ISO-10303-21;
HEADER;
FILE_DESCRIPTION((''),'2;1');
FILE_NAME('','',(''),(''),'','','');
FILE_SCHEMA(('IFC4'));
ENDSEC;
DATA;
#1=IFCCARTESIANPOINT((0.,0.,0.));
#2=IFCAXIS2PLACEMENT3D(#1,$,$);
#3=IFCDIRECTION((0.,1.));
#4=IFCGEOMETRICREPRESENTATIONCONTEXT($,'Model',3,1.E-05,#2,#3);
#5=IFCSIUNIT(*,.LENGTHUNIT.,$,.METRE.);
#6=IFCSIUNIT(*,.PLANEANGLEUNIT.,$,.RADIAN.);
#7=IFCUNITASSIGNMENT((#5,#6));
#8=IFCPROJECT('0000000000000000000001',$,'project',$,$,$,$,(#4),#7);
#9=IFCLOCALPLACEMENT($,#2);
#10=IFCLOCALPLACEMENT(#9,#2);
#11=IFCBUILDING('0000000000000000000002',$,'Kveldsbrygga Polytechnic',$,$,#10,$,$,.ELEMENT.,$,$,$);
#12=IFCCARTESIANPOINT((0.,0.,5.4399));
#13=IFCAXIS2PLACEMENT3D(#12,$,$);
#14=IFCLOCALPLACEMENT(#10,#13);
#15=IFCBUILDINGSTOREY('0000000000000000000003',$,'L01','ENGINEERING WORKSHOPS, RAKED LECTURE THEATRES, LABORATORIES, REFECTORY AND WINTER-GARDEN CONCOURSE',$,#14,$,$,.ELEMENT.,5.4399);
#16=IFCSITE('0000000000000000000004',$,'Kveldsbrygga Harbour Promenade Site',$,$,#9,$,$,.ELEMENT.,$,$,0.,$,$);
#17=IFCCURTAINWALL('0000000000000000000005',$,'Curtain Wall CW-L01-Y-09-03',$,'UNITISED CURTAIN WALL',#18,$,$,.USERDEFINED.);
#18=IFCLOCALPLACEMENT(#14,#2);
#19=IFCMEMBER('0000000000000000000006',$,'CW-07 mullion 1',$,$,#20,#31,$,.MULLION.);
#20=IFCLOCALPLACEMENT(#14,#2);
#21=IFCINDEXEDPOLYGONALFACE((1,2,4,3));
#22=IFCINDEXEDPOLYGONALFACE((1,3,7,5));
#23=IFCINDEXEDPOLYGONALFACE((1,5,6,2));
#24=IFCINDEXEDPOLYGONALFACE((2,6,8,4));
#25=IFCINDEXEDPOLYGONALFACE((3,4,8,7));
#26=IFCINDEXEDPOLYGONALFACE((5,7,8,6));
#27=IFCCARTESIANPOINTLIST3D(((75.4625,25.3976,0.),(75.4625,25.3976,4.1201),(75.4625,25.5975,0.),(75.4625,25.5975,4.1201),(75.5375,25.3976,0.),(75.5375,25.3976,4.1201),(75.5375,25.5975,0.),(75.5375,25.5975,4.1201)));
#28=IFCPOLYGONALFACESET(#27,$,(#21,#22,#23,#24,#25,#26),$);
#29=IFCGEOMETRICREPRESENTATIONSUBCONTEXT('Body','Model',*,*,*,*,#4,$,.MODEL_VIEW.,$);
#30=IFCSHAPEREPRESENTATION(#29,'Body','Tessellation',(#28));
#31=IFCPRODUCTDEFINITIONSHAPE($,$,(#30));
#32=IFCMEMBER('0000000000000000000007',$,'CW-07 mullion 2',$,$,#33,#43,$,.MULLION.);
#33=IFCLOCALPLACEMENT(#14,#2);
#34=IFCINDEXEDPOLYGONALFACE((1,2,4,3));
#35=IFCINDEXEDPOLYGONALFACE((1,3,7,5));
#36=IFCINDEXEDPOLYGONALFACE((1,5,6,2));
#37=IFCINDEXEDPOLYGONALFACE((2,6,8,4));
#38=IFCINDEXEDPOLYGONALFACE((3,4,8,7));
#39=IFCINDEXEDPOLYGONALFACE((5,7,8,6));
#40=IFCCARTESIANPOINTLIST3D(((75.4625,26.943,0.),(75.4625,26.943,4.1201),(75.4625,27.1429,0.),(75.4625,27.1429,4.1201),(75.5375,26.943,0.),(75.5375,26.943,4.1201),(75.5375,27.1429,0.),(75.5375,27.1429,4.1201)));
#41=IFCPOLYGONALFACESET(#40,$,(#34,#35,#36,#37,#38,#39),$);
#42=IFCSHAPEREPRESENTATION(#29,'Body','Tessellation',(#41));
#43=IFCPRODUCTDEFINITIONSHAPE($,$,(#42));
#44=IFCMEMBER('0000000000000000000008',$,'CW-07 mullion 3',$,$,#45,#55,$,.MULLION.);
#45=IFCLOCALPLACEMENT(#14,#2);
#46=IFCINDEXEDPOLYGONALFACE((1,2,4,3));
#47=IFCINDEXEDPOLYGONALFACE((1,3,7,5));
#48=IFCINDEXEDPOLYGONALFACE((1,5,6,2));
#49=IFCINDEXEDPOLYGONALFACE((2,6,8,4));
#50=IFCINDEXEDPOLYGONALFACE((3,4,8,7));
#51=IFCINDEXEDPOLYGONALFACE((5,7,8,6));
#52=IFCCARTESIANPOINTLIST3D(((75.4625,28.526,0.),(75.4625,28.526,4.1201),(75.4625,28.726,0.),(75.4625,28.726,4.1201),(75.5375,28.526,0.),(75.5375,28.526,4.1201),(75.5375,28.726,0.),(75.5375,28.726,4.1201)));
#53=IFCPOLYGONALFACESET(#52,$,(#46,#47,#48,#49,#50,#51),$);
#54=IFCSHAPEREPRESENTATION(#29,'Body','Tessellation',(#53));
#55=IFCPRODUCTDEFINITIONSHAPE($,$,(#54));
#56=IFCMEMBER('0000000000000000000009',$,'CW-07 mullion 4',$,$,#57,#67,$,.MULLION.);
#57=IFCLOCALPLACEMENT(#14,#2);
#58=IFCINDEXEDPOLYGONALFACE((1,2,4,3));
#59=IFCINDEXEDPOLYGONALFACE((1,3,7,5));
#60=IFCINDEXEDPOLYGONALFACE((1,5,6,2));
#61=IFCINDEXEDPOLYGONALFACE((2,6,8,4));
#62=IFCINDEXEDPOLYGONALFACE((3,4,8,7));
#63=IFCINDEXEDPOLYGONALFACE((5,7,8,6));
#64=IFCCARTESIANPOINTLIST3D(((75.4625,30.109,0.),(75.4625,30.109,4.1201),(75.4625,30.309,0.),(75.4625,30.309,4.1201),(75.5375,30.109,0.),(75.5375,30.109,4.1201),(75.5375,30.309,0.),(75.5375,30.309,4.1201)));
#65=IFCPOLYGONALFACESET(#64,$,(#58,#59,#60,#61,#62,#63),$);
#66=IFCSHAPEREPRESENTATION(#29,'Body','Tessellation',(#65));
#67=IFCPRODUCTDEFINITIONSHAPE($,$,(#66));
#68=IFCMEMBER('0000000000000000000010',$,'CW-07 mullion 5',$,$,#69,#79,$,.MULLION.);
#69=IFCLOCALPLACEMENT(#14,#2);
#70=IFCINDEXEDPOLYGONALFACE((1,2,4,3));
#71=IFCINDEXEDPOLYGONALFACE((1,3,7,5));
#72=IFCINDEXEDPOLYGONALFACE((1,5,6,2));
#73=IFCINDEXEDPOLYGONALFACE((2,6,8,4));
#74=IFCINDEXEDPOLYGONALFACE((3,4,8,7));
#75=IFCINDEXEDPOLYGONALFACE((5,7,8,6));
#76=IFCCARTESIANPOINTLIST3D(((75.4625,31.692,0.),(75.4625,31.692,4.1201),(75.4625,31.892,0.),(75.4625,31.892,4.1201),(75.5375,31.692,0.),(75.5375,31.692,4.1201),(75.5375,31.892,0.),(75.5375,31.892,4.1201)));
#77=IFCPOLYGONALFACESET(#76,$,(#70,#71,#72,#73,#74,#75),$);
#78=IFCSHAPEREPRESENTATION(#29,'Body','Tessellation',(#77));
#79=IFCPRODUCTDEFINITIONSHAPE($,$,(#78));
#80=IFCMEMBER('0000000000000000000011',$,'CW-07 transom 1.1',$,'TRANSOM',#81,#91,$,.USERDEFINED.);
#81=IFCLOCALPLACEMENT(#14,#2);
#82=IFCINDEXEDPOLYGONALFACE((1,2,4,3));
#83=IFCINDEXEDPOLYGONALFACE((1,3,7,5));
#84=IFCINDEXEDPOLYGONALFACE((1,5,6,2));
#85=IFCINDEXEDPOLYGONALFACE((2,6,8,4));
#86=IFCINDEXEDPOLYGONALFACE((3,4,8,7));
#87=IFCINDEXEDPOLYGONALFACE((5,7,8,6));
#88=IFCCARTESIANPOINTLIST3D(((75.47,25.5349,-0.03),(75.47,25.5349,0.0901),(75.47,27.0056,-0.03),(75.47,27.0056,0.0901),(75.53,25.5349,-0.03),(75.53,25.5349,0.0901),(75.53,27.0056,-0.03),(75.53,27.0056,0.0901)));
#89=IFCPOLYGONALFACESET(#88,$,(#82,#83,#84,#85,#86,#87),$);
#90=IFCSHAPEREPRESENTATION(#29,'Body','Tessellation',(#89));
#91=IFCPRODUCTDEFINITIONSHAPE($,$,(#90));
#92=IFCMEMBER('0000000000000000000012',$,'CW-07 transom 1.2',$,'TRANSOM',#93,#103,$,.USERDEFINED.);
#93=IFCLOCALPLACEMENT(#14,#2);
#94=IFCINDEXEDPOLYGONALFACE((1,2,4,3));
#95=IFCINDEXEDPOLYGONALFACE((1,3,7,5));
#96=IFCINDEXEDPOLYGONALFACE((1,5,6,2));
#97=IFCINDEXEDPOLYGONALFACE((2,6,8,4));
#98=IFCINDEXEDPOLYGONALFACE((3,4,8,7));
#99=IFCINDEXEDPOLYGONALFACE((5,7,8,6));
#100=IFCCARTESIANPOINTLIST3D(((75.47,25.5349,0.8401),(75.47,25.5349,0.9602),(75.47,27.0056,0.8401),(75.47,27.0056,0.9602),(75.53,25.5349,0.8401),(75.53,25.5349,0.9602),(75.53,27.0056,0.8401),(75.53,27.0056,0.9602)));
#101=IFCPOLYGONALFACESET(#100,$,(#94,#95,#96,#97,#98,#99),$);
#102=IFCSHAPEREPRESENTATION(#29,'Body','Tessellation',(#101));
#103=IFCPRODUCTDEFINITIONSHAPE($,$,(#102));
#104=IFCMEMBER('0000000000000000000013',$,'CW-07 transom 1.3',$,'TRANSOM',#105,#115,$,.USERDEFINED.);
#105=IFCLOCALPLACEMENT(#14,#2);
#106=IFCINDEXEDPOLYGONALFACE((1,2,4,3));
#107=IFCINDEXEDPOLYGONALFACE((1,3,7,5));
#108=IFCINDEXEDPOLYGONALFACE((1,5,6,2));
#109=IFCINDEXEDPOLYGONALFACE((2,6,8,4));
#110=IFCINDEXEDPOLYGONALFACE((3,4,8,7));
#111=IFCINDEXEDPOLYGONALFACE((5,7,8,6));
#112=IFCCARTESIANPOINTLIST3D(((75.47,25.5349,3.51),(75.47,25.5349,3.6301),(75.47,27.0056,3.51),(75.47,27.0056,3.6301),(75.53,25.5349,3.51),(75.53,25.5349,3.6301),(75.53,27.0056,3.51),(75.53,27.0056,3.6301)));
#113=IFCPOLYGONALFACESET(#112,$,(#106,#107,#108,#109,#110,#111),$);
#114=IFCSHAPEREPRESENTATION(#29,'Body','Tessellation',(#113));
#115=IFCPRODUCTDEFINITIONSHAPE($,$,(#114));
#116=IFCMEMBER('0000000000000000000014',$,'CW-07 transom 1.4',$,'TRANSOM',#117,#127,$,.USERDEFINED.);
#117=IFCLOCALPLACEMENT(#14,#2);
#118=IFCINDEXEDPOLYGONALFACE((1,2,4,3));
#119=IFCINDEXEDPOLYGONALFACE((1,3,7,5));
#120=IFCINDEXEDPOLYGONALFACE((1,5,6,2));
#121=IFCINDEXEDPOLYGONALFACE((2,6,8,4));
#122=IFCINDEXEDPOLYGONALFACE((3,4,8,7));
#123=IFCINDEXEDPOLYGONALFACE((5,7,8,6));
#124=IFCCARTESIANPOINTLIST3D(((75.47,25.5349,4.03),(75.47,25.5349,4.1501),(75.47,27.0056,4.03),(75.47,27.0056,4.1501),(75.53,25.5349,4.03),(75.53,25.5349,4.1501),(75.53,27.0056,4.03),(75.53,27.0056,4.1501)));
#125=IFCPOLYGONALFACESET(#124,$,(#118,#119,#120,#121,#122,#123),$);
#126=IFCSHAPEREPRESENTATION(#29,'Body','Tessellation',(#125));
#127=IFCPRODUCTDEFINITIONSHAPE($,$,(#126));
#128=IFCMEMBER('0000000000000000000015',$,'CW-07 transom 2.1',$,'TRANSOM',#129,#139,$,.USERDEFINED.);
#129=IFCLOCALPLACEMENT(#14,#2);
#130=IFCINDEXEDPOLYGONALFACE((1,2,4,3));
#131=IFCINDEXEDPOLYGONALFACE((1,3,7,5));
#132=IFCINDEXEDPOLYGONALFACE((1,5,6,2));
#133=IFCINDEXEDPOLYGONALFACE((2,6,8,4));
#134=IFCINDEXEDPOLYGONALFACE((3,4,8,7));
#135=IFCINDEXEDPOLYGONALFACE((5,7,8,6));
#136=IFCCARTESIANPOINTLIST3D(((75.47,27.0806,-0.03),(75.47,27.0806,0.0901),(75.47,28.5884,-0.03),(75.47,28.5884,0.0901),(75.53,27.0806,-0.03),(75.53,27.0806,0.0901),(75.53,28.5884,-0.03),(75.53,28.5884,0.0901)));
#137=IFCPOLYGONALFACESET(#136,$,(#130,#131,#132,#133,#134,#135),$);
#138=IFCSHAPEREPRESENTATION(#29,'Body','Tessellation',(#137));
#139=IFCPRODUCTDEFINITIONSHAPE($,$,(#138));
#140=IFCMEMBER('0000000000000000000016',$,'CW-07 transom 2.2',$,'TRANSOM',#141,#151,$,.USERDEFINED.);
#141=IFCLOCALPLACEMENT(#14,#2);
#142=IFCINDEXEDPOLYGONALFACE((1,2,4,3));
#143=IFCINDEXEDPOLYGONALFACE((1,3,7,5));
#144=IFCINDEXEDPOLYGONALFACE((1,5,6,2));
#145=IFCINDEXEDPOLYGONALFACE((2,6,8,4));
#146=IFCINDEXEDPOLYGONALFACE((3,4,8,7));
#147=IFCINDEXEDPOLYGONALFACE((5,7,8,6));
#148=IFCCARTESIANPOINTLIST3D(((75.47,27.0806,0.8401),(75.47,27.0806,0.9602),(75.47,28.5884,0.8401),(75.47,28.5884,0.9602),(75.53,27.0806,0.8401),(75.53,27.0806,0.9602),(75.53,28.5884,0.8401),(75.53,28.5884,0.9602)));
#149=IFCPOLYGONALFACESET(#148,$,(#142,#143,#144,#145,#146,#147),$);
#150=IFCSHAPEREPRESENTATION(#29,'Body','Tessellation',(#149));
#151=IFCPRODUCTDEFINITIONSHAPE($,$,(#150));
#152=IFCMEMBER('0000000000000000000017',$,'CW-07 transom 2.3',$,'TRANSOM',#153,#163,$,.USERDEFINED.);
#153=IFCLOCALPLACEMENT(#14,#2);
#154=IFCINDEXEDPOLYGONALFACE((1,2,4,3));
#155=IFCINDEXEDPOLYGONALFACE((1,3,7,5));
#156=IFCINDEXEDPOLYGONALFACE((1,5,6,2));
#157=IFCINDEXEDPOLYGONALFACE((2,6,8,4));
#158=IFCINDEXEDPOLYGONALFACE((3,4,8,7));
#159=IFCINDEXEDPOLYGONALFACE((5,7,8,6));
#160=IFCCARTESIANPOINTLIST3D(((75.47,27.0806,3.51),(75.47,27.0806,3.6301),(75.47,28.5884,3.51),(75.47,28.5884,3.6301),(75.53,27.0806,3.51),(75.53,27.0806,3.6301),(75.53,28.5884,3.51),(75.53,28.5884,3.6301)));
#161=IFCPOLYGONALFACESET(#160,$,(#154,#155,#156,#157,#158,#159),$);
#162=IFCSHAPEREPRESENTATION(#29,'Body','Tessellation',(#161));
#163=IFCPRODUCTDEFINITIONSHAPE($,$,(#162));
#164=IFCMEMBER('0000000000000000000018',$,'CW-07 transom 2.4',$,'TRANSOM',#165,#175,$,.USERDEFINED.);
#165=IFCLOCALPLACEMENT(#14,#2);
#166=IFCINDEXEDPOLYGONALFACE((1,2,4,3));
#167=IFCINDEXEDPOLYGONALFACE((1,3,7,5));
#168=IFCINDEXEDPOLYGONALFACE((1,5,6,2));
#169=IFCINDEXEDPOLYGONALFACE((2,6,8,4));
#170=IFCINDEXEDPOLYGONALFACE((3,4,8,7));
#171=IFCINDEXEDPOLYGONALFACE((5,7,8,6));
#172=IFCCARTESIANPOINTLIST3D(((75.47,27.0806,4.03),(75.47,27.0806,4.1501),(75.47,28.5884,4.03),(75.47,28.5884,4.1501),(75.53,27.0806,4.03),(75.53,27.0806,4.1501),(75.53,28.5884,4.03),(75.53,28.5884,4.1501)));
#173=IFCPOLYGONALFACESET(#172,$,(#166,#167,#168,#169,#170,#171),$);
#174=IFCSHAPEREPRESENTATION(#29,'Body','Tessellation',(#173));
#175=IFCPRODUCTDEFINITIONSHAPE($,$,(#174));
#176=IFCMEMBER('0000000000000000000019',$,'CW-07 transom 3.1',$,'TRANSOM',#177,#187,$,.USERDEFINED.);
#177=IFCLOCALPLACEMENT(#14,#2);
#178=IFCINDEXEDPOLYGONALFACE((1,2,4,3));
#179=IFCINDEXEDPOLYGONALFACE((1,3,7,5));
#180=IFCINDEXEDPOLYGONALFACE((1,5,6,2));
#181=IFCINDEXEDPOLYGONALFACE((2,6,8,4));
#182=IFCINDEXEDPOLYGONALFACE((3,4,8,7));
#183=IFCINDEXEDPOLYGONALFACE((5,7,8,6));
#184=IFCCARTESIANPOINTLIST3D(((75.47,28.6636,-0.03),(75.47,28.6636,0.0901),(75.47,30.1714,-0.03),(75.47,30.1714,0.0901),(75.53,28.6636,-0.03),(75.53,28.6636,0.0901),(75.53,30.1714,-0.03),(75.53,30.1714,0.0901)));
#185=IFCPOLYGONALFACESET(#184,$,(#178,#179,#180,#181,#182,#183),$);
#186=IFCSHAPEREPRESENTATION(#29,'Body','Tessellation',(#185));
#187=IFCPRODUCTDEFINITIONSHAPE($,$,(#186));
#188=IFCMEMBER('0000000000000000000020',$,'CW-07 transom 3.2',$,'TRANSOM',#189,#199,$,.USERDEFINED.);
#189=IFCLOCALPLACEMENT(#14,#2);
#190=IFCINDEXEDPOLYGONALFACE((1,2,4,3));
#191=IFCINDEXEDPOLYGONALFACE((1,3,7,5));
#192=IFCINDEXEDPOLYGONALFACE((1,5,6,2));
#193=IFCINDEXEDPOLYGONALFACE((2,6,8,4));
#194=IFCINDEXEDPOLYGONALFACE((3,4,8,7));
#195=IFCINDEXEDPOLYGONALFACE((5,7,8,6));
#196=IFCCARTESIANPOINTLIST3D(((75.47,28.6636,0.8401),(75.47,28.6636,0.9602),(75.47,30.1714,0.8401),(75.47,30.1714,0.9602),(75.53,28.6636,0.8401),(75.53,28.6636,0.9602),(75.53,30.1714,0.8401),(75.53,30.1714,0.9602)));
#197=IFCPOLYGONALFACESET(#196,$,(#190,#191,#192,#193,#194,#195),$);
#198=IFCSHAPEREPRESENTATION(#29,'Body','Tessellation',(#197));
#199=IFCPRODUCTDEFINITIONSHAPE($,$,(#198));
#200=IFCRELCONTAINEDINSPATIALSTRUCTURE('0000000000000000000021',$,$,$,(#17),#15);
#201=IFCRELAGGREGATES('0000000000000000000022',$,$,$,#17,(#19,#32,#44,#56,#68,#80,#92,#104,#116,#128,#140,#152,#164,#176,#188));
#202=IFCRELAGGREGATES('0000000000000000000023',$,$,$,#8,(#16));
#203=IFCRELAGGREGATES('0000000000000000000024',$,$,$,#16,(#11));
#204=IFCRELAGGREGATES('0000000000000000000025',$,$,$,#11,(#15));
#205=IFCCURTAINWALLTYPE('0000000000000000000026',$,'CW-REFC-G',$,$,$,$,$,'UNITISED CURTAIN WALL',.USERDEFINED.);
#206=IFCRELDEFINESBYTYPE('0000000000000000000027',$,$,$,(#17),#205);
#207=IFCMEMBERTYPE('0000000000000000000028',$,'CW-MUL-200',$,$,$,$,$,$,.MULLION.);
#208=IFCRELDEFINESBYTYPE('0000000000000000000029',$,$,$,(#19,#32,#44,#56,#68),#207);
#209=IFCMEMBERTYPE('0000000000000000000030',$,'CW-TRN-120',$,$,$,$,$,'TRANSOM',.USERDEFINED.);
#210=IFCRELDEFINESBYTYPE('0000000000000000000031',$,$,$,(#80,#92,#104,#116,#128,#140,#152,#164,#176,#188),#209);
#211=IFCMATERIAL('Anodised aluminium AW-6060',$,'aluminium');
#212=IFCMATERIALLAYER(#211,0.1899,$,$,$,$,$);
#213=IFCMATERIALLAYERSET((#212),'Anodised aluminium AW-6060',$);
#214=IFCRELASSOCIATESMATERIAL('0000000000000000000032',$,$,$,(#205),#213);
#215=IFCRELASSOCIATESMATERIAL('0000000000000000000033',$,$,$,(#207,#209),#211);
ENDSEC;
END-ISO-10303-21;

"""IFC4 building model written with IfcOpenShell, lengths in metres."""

from ifc_helpers import new_model, si_unit, direction, frame, origin, origin_2d, place, context, subcontext, project, spatial, rectangle, extrude, material, layer, layer_set, material_profile, profile_set, type_object, element, aggregate, save


model = new_model("IFC4")

# Units and contexts
model_context = context("Model", 3, precision=1e-05, world=origin(), true_north=direction((0.0, 1.0)))
body_context = subcontext(model_context, "Body", "Model", "MODEL_VIEW")
ifc_project = project(units=[si_unit("LENGTHUNIT", "METRE"), si_unit("PLANEANGLEUNIT", "RADIAN")], contexts=[model_context])

# Site, building, storey
site_placement = place(None, origin())
site = spatial("IfcSite", under=ifc_project, at=site_placement, Name="Kveldsbrygga Harbour Promenade Site", CompositionType="ELEMENT", RefElevation=0.0)
building_placement = place(site_placement, origin())
building = spatial("IfcBuilding", under=site, at=building_placement, Name="Kveldsbrygga Polytechnic", CompositionType="ELEMENT")
storey_placement = place(building_placement, frame((0.0, 0.0, 5.4399)))
storey = spatial("IfcBuildingStorey", under=building, at=storey_placement, Name="L01", Description="ENGINEERING WORKSHOPS, RAKED LECTURE THEATRES, LABORATORIES, REFECTORY AND WINTER-GARDEN CONCOURSE", CompositionType="ELEMENT", Elevation=5.4399)

# Curtain wall, members
ifc_material_1 = material(Name="Anodised aluminium AW-6060", Category="aluminium")
ifc_layer_1 = layer(ifc_material_1, 0.1899)
ifc_layer_set_1 = layer_set([ifc_layer_1], Name="Anodised aluminium AW-6060")
curtain_wall_type = type_object("IfcCurtainWallType", Name="CW-REFC-G", ElementType="UNITISED CURTAIN WALL", PredefinedType="USERDEFINED", material=ifc_layer_set_1)
curtain_wall_placement = place(storey_placement, origin())
curtain_wall = element("IfcCurtainWall", 1, at=curtain_wall_placement, inside=storey, type_object=curtain_wall_type, Name="Curtain Wall CW-L01-Y-09-03", ObjectType="UNITISED CURTAIN WALL", PredefinedType="USERDEFINED")
ifc_material_profile_1 = material_profile(ifc_material_1, rectangle(XDim=0.075, YDim=0.2, at=origin_2d()), Name="ALU 75x200")
ifc_profile_set_1 = profile_set([ifc_material_profile_1], Name="Anodised aluminium AW-6060")
member_type_1 = type_object("IfcMemberType", Name="CW-MUL-200", PredefinedType="MULLION", material=ifc_profile_set_1)
member_1_placement = place(storey_placement, frame((75.5, 25.4976, 0.0), z_axis=(0.0, 0.0, 1.0), x_axis=(-1.0, 0.0, 0.0)))
member_1 = element("IfcMember", 2, at=member_1_placement, type_object=member_type_1, Name="CW-07 mullion 1", PredefinedType="MULLION", context=body_context, shape_type="SweptSolid", body=[
    extrude(rectangle(XDim=0.075, YDim=0.2, at=origin_2d()), origin(), (0.0, 0.0, 1.0), 4.1201),
])
member_2_placement = place(storey_placement, frame((75.5, 27.043, 0.0), z_axis=(0.0, 0.0, 1.0), x_axis=(-1.0, 0.0, 0.0)))
member_2 = element("IfcMember", 3, at=member_2_placement, type_object=member_type_1, Name="CW-07 mullion 2", PredefinedType="MULLION", context=body_context, shape_type="SweptSolid", body=[
    extrude(rectangle(XDim=0.075, YDim=0.2, at=origin_2d()), origin(), (0.0, 0.0, 1.0), 4.1201),
])
member_3_placement = place(storey_placement, frame((75.5, 28.626, 0.0), z_axis=(0.0, 0.0, 1.0), x_axis=(-1.0, 0.0, 0.0)))
member_3 = element("IfcMember", 4, at=member_3_placement, type_object=member_type_1, Name="CW-07 mullion 3", PredefinedType="MULLION", context=body_context, shape_type="SweptSolid", body=[
    extrude(rectangle(XDim=0.075, YDim=0.2, at=origin_2d()), origin(), (0.0, 0.0, 1.0), 4.1201),
])
member_4_placement = place(storey_placement, frame((75.5, 30.209, 0.0), z_axis=(0.0, 0.0, 1.0), x_axis=(-1.0, 0.0, 0.0)))
member_4 = element("IfcMember", 5, at=member_4_placement, type_object=member_type_1, Name="CW-07 mullion 4", PredefinedType="MULLION", context=body_context, shape_type="SweptSolid", body=[
    extrude(rectangle(XDim=0.075, YDim=0.2, at=origin_2d()), origin(), (0.0, 0.0, 1.0), 4.1201),
])
member_5_placement = place(storey_placement, frame((75.5, 31.792, 0.0), z_axis=(0.0, 0.0, 1.0), x_axis=(-1.0, 0.0, 0.0)))
member_5 = element("IfcMember", 6, at=member_5_placement, type_object=member_type_1, Name="CW-07 mullion 5", PredefinedType="MULLION", context=body_context, shape_type="SweptSolid", body=[
    extrude(rectangle(XDim=0.075, YDim=0.2, at=origin_2d()), origin(), (0.0, 0.0, 1.0), 4.1201),
])
ifc_material_profile_2 = material_profile(ifc_material_1, rectangle(XDim=0.0601, YDim=0.1201, at=origin_2d()), Name="ALU 60x120")
ifc_profile_set_2 = profile_set([ifc_material_profile_2], Name="Anodised aluminium AW-6060")
member_type_2 = type_object("IfcMemberType", Name="CW-TRN-120", ElementType="TRANSOM", PredefinedType="USERDEFINED", material=ifc_profile_set_2)
member_6_placement = place(storey_placement, frame((75.5, 25.5349, 0.03), z_axis=(0.0, 1.0, 0.0), x_axis=(-1.0, 0.0, 0.0)))
member_6 = element("IfcMember", 7, at=member_6_placement, type_object=member_type_2, Name="CW-07 transom 1.1", ObjectType="TRANSOM", PredefinedType="USERDEFINED", context=body_context, shape_type="SweptSolid", body=[
    extrude(rectangle(XDim=0.0601, YDim=0.1201, at=origin_2d()), origin(), (0.0, 0.0, 1.0), 1.4707),
])
member_7_placement = place(storey_placement, frame((75.5, 25.5349, 0.9001), z_axis=(0.0, 1.0, 0.0), x_axis=(-1.0, 0.0, 0.0)))
member_7 = element("IfcMember", 8, at=member_7_placement, type_object=member_type_2, Name="CW-07 transom 1.2", ObjectType="TRANSOM", PredefinedType="USERDEFINED", context=body_context, shape_type="SweptSolid", body=[
    extrude(rectangle(XDim=0.0601, YDim=0.1201, at=origin_2d()), origin(), (0.0, 0.0, 1.0), 1.4707),
])
member_8_placement = place(storey_placement, frame((75.5, 25.5349, 3.5701), z_axis=(0.0, 1.0, 0.0), x_axis=(-1.0, 0.0, 0.0)))
member_8 = element("IfcMember", 9, at=member_8_placement, type_object=member_type_2, Name="CW-07 transom 1.3", ObjectType="TRANSOM", PredefinedType="USERDEFINED", context=body_context, shape_type="SweptSolid", body=[
    extrude(rectangle(XDim=0.0601, YDim=0.1201, at=origin_2d()), origin(), (0.0, 0.0, 1.0), 1.4707),
])
member_9_placement = place(storey_placement, frame((75.5, 25.5349, 4.0901), z_axis=(0.0, 1.0, 0.0), x_axis=(-1.0, 0.0, 0.0)))
member_9 = element("IfcMember", 10, at=member_9_placement, type_object=member_type_2, Name="CW-07 transom 1.4", ObjectType="TRANSOM", PredefinedType="USERDEFINED", context=body_context, shape_type="SweptSolid", body=[
    extrude(rectangle(XDim=0.0601, YDim=0.1201, at=origin_2d()), origin(), (0.0, 0.0, 1.0), 1.4707),
])
member_10_placement = place(storey_placement, frame((75.5, 27.0806, 0.03), z_axis=(0.0, 1.0, 0.0), x_axis=(-1.0, 0.0, 0.0)))
member_10 = element("IfcMember", 11, at=member_10_placement, type_object=member_type_2, Name="CW-07 transom 2.1", ObjectType="TRANSOM", PredefinedType="USERDEFINED", context=body_context, shape_type="SweptSolid", body=[
    extrude(rectangle(XDim=0.0601, YDim=0.1201, at=origin_2d()), origin(), (0.0, 0.0, 1.0), 1.5078),
])
member_11_placement = place(storey_placement, frame((75.5, 27.0806, 0.9001), z_axis=(0.0, 1.0, 0.0), x_axis=(-1.0, 0.0, 0.0)))
member_11 = element("IfcMember", 12, at=member_11_placement, type_object=member_type_2, Name="CW-07 transom 2.2", ObjectType="TRANSOM", PredefinedType="USERDEFINED", context=body_context, shape_type="SweptSolid", body=[
    extrude(rectangle(XDim=0.0601, YDim=0.1201, at=origin_2d()), origin(), (0.0, 0.0, 1.0), 1.5078),
])
member_12_placement = place(storey_placement, frame((75.5, 27.0806, 3.5701), z_axis=(0.0, 1.0, 0.0), x_axis=(-1.0, 0.0, 0.0)))
member_12 = element("IfcMember", 13, at=member_12_placement, type_object=member_type_2, Name="CW-07 transom 2.3", ObjectType="TRANSOM", PredefinedType="USERDEFINED", context=body_context, shape_type="SweptSolid", body=[
    extrude(rectangle(XDim=0.0601, YDim=0.1201, at=origin_2d()), origin(), (0.0, 0.0, 1.0), 1.5078),
])
member_13_placement = place(storey_placement, frame((75.5, 27.0806, 4.0901), z_axis=(0.0, 1.0, 0.0), x_axis=(-1.0, 0.0, 0.0)))
member_13 = element("IfcMember", 14, at=member_13_placement, type_object=member_type_2, Name="CW-07 transom 2.4", ObjectType="TRANSOM", PredefinedType="USERDEFINED", context=body_context, shape_type="SweptSolid", body=[
    extrude(rectangle(XDim=0.0601, YDim=0.1201, at=origin_2d()), origin(), (0.0, 0.0, 1.0), 1.5078),
])
member_14_placement = place(storey_placement, frame((75.5, 28.6636, 0.03), z_axis=(0.0, 1.0, 0.0), x_axis=(-1.0, 0.0, 0.0)))
member_14 = element("IfcMember", 15, at=member_14_placement, type_object=member_type_2, Name="CW-07 transom 3.1", ObjectType="TRANSOM", PredefinedType="USERDEFINED", context=body_context, shape_type="SweptSolid", body=[
    extrude(rectangle(XDim=0.0601, YDim=0.1201, at=origin_2d()), origin(), (0.0, 0.0, 1.0), 1.5078),
])
member_15_placement = place(storey_placement, frame((75.5, 28.6636, 0.9001), z_axis=(0.0, 1.0, 0.0), x_axis=(-1.0, 0.0, 0.0)))
member_15 = element("IfcMember", 16, at=member_15_placement, type_object=member_type_2, Name="CW-07 transom 3.2", ObjectType="TRANSOM", PredefinedType="USERDEFINED", context=body_context, shape_type="SweptSolid", body=[
    extrude(rectangle(XDim=0.0601, YDim=0.1201, at=origin_2d()), origin(), (0.0, 0.0, 1.0), 1.5078),
])

aggregate(curtain_wall, [member_1, member_2, member_3, member_4, member_5, member_6, member_7, member_8, member_9, member_10, member_11, member_12, member_13, member_14, member_15])

save(model, "model.ifc")
